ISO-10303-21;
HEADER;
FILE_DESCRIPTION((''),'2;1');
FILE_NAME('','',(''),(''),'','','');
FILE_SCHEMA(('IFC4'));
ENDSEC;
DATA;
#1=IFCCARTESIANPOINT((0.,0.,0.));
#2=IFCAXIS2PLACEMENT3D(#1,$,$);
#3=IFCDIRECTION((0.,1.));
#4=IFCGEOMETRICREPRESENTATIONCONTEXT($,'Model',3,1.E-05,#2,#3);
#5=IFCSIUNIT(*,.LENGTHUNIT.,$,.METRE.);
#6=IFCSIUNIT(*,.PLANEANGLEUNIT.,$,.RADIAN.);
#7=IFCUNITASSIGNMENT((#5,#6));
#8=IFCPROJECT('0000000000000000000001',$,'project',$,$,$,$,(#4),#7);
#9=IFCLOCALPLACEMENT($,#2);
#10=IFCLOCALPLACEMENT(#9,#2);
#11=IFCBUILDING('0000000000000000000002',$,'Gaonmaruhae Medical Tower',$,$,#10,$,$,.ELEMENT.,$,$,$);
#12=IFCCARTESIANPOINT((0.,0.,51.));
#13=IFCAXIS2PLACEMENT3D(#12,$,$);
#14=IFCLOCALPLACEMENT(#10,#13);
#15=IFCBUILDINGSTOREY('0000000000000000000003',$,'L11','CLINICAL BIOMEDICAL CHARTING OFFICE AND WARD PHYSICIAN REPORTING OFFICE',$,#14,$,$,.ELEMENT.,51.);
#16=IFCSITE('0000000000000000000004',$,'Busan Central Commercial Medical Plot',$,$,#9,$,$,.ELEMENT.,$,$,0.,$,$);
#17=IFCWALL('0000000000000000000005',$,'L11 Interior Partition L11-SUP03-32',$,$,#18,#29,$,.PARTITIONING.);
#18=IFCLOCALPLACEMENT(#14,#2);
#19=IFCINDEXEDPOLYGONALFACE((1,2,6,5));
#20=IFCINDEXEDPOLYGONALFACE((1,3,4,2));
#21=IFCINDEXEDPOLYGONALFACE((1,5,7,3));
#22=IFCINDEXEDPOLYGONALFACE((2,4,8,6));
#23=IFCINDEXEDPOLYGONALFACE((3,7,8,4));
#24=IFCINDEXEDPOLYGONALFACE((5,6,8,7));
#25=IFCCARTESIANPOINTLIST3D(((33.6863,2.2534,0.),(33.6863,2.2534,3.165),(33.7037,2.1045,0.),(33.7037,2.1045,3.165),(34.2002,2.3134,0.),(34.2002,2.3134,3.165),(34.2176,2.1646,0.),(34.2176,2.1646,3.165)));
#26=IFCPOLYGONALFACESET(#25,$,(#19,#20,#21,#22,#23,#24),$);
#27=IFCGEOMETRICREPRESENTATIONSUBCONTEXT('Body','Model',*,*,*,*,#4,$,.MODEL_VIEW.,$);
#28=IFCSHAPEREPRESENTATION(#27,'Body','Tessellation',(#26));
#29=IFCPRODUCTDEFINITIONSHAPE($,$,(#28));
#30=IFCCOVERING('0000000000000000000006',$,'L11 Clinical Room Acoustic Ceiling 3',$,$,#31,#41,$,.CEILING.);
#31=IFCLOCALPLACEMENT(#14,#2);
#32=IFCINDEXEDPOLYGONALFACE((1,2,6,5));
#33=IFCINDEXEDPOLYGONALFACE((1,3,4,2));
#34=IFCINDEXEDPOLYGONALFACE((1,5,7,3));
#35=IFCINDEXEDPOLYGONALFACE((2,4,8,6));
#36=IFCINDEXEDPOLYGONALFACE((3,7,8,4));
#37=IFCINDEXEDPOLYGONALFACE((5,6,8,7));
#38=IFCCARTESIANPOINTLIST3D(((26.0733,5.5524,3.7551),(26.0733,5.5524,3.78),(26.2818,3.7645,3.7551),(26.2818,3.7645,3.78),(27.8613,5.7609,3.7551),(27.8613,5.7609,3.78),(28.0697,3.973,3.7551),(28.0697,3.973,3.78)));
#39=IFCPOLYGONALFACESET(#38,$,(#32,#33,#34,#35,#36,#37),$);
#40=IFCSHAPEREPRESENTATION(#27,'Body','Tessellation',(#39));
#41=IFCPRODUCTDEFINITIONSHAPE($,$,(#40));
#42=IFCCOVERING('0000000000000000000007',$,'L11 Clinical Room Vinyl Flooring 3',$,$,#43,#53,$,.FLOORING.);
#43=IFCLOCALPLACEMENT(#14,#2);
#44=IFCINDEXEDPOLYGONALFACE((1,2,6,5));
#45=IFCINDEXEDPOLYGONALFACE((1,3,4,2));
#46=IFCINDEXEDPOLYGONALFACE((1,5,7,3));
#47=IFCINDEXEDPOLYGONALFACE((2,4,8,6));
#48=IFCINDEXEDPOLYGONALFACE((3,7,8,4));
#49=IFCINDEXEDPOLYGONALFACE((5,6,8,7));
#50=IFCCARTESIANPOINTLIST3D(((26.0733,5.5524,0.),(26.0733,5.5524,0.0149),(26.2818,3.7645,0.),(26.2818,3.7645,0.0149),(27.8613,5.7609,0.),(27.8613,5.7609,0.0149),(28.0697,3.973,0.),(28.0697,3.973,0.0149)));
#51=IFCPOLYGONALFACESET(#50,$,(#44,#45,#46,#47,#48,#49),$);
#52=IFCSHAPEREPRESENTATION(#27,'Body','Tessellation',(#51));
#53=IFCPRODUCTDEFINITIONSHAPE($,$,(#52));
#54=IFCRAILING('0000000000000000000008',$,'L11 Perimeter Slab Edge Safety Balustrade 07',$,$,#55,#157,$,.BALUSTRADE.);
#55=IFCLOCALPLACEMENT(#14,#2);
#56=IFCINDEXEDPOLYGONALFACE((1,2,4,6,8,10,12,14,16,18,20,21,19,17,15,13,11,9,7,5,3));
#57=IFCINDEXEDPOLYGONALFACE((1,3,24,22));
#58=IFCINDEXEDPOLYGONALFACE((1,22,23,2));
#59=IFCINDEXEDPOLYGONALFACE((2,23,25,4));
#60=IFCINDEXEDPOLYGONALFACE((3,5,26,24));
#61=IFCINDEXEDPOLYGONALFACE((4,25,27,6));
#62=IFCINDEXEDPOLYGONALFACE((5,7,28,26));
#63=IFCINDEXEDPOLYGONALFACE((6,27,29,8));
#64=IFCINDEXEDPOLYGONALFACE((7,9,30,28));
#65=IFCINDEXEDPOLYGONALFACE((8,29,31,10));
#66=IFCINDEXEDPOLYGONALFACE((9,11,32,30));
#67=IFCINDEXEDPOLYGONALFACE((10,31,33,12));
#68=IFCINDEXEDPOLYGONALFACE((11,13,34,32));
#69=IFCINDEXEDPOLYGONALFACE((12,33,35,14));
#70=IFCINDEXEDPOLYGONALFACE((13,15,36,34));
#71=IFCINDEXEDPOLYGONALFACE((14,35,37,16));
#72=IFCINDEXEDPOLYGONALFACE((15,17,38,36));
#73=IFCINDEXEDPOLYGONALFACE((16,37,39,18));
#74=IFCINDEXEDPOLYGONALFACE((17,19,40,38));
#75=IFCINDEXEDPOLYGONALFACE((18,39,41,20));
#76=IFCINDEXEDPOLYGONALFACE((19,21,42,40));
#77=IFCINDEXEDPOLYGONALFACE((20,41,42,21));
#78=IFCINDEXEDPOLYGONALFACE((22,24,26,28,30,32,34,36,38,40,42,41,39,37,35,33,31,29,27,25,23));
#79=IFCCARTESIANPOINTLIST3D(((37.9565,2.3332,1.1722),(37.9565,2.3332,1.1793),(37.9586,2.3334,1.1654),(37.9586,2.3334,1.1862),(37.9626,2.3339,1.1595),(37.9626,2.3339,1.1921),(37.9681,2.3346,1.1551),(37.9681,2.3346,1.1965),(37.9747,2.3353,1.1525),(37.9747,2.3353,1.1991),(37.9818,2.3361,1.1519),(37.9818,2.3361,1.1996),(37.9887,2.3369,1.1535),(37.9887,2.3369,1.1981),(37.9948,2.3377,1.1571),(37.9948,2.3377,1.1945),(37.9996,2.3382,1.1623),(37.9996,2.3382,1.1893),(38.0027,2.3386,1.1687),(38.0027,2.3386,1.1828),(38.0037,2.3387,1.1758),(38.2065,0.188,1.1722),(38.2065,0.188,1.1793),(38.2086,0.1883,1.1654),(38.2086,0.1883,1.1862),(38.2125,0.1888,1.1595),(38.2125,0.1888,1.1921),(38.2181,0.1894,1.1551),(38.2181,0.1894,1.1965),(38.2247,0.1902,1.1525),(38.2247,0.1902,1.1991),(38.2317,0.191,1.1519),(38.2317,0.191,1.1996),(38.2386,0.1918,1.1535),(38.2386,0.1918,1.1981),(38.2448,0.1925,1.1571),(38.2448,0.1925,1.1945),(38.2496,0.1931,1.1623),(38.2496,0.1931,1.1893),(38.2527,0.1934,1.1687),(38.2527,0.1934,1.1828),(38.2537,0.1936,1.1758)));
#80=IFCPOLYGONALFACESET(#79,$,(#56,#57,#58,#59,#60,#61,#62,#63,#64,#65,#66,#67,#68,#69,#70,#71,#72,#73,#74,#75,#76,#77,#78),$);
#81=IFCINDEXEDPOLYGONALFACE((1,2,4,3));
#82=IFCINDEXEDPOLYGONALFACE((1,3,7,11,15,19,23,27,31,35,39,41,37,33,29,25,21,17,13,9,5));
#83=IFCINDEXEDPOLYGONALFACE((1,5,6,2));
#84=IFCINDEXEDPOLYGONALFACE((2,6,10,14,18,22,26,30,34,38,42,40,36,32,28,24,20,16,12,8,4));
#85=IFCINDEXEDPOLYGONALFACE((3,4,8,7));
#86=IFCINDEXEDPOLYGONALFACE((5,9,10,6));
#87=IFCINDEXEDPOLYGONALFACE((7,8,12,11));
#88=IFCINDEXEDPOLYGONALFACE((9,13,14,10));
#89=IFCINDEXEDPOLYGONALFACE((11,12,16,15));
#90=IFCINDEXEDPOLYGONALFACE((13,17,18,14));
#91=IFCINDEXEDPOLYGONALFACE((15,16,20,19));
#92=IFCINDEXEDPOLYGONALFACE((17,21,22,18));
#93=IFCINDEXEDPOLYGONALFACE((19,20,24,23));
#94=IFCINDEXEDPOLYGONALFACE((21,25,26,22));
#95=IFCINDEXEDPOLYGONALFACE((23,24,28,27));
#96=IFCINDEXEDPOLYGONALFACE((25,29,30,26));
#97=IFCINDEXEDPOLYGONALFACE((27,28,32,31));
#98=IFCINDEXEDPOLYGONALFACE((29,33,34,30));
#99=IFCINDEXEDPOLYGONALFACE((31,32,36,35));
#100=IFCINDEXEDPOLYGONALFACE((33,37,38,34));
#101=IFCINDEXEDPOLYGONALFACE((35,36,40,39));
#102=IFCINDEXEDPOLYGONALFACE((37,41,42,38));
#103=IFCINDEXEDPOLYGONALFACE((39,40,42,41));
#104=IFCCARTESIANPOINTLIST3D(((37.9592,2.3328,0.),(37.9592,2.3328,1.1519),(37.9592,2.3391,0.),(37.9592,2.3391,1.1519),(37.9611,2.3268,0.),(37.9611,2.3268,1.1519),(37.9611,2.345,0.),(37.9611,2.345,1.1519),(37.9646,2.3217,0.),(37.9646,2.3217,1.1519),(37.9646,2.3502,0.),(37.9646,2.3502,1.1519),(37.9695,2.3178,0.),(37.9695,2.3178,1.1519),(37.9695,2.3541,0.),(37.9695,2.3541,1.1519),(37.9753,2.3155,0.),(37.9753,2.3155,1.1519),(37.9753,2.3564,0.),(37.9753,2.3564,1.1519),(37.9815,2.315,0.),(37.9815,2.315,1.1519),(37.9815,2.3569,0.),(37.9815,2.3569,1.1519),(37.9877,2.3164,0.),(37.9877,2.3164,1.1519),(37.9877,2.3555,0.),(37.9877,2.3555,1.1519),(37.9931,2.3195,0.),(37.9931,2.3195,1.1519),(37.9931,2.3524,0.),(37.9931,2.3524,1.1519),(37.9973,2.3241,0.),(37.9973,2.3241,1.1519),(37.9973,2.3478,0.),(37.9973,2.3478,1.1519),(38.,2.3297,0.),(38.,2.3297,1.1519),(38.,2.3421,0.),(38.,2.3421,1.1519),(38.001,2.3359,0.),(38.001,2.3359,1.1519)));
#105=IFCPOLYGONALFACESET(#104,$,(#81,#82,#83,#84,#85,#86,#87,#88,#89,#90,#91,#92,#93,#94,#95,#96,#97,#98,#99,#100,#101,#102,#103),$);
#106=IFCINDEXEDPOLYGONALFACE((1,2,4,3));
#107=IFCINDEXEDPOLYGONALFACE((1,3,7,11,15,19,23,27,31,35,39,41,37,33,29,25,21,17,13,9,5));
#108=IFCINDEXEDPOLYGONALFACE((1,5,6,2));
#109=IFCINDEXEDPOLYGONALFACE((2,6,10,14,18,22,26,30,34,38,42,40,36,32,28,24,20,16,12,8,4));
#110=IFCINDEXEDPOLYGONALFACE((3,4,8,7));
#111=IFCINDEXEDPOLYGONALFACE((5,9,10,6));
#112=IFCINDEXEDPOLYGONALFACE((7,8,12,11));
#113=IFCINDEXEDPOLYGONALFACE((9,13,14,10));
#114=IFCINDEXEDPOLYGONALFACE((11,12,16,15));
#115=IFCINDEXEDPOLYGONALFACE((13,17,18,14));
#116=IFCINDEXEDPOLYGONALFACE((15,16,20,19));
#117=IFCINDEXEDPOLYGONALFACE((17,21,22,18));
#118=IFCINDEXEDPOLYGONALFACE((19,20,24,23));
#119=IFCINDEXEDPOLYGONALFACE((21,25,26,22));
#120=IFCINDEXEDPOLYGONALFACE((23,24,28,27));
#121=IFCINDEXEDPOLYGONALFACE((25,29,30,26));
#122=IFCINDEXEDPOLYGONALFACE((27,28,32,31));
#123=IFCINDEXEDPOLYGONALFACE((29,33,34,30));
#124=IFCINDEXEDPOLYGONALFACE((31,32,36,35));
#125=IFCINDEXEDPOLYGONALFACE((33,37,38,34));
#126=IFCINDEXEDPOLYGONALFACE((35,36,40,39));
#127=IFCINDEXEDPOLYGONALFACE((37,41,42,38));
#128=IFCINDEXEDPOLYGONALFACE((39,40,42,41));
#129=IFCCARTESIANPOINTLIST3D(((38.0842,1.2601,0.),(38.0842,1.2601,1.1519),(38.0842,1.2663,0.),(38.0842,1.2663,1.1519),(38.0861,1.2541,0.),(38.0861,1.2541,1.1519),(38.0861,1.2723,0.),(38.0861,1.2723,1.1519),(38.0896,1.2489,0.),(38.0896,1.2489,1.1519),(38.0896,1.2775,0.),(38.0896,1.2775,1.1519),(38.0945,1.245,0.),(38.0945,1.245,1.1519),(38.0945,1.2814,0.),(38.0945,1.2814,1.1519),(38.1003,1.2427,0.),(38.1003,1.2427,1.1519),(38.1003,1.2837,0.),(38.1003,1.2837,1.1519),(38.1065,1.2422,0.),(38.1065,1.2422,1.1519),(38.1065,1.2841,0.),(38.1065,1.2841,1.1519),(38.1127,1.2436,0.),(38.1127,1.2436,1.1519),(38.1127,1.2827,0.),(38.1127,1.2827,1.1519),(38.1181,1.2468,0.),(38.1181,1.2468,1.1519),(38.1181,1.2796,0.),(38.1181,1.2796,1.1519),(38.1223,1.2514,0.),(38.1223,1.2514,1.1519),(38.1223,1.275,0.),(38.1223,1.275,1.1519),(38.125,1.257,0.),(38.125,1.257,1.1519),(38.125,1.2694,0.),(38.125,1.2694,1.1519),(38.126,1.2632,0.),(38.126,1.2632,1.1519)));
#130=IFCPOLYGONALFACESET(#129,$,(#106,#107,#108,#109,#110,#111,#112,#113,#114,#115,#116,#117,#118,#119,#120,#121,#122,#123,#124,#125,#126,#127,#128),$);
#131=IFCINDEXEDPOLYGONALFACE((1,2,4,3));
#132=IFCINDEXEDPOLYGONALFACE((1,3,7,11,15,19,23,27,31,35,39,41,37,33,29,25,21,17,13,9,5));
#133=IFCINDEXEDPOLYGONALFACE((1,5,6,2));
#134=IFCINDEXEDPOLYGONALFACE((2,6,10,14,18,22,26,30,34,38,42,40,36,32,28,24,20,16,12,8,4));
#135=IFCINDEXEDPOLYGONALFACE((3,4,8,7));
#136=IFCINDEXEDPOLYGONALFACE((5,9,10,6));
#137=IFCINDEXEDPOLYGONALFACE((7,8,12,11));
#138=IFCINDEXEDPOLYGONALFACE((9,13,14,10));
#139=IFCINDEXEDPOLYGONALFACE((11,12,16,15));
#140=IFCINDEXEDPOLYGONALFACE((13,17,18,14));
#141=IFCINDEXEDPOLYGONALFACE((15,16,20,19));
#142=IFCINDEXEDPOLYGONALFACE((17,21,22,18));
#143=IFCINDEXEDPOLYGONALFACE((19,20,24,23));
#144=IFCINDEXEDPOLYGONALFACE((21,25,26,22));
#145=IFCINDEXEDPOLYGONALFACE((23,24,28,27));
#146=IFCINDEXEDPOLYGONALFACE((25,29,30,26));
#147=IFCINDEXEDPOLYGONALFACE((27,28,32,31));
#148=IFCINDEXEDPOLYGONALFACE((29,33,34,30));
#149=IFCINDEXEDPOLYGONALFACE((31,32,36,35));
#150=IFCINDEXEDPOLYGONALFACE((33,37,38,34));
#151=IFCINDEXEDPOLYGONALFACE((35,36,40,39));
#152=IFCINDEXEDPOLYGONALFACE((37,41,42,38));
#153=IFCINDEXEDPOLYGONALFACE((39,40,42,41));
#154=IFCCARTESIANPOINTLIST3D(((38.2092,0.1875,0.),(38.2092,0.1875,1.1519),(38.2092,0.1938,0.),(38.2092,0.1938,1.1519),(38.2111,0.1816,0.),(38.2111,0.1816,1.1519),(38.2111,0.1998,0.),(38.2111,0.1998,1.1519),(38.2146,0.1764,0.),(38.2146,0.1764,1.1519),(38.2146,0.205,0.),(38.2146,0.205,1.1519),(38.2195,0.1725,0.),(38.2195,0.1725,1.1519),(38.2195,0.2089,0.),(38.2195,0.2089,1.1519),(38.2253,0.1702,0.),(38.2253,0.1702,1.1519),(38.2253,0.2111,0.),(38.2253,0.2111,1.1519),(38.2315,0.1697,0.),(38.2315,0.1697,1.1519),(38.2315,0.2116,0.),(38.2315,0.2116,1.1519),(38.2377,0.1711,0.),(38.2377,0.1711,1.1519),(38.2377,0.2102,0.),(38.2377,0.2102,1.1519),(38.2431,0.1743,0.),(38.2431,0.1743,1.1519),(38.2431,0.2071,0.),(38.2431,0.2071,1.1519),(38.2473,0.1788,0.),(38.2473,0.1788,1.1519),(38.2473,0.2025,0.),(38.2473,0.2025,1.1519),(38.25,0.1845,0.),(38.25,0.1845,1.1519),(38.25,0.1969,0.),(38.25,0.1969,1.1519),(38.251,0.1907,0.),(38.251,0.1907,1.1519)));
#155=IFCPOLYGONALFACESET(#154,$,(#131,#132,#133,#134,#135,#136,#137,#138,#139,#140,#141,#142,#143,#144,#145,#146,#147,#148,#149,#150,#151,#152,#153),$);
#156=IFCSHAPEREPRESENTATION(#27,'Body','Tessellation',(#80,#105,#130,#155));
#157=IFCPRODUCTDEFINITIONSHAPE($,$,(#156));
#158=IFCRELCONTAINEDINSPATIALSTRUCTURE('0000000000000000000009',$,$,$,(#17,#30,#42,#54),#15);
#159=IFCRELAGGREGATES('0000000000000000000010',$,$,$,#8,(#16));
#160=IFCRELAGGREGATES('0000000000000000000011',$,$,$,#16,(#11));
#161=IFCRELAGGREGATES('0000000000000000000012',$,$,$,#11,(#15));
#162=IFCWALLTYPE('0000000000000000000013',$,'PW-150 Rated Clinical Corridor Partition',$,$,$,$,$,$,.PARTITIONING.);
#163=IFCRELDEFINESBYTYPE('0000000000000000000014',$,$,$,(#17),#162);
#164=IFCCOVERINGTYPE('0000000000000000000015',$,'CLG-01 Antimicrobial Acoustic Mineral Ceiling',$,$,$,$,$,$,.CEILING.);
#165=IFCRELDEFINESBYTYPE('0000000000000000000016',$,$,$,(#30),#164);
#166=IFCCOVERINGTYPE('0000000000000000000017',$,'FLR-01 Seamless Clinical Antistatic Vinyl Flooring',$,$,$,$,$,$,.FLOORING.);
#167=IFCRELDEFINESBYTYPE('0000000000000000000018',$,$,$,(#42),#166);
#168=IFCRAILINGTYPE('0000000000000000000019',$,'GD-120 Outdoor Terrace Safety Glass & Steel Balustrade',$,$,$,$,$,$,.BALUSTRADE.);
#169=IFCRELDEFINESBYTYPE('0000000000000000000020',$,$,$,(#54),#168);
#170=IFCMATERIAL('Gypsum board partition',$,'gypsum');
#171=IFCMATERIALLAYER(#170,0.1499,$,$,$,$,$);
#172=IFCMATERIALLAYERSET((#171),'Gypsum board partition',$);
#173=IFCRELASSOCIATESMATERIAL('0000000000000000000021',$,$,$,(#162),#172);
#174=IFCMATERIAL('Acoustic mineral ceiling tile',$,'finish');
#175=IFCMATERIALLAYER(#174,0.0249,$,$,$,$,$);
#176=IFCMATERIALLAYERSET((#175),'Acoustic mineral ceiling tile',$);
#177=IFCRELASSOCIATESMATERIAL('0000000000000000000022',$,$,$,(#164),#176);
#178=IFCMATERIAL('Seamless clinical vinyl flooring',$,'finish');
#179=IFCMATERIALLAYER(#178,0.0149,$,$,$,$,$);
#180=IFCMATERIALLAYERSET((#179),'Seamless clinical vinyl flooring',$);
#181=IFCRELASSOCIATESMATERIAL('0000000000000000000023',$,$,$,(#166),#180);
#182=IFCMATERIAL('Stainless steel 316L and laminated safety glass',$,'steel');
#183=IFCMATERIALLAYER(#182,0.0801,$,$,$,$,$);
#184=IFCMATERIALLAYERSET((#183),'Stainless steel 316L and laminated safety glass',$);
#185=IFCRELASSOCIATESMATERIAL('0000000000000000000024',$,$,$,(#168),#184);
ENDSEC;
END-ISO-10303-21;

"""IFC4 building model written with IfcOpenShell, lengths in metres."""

from ifc_helpers import new_model, si_unit, direction, frame, frame_2d, origin, origin_2d, place, context, subcontext, project, spatial, rectangle, circle, extrude, material, layer, layer_set, type_object, element, save


model = new_model("IFC4")

# Units and contexts
model_context = context("Model", 3, precision=1e-05, world=origin(), true_north=direction((0.0, 1.0)))
body_context = subcontext(model_context, "Body", "Model", "MODEL_VIEW")
ifc_project = project(units=[si_unit("LENGTHUNIT", "METRE"), si_unit("PLANEANGLEUNIT", "RADIAN")], contexts=[model_context])

# Site, building, storey
site_placement = place(None, origin())
site = spatial("IfcSite", under=ifc_project, at=site_placement, Name="Busan Central Commercial Medical Plot", CompositionType="ELEMENT", RefElevation=0.0)
building_placement = place(site_placement, origin())
building = spatial("IfcBuilding", under=site, at=building_placement, Name="Gaonmaruhae Medical Tower", CompositionType="ELEMENT")
storey_placement = place(building_placement, frame((0.0, 0.0, 51.0)))
storey = spatial("IfcBuildingStorey", under=building, at=storey_placement, Name="L11", Description="CLINICAL BIOMEDICAL CHARTING OFFICE AND WARD PHYSICIAN REPORTING OFFICE", CompositionType="ELEMENT", Elevation=51.0)

# Shared definitions
ifc_material_1 = material(Name="Gypsum board partition", Category="gypsum")
ifc_layer_1 = layer(ifc_material_1, 0.1499)
ifc_layer_set_1 = layer_set([ifc_layer_1], Name="Gypsum board partition")
wall_type_1 = type_object("IfcWallType", Name="PW-150 Rated Clinical Corridor Partition", PredefinedType="PARTITIONING", material=ifc_layer_set_1)

# Wall
wall_1_placement = place(storey_placement, frame((34.209, 2.239, 0.0), z_axis=(0.0, 0.0, 1.0), x_axis=(-0.99324, -0.116075, 0.0)))
element("IfcWall", 1, at=wall_1_placement, inside=storey, type_object=wall_type_1, Name="L11 Interior Partition L11-SUP03-32", PredefinedType="PARTITIONING", context=body_context, shape_type="SweptSolid", body=[
    extrude(rectangle(XDim=0.5173, YDim=0.1499, at=frame_2d((0.2588, 0.0))), origin(), (0.0, 0.0, 1.0), 3.165),
])

# Coverings
ifc_material_2 = material(Name="Acoustic mineral ceiling tile", Category="finish")
ifc_layer_2 = layer(ifc_material_2, 0.0249)
ifc_layer_set_2 = layer_set([ifc_layer_2], Name="Acoustic mineral ceiling tile")
covering_type_1 = type_object("IfcCoveringType", Name="CLG-01 Antimicrobial Acoustic Mineral Ceiling", PredefinedType="CEILING", material=ifc_layer_set_2)
covering_1_placement = place(storey_placement, frame((27.0715, 4.7627, 3.7551), z_axis=(0.0, 0.0, 1.0), x_axis=(0.993272, 0.115804, 0.0)))
element("IfcCovering", 2, at=covering_1_placement, inside=storey, type_object=covering_type_1, Name="L11 Clinical Room Acoustic Ceiling 3", PredefinedType="CEILING", context=body_context, shape_type="SweptSolid", body=[
    extrude(rectangle(XDim=1.8, YDim=1.8, at=origin_2d()), origin(), (0.0, 0.0, 1.0), 0.0249),
])
ifc_material_3 = material(Name="Seamless clinical vinyl flooring", Category="finish")
ifc_layer_3 = layer(ifc_material_3, 0.0149)
ifc_layer_set_3 = layer_set([ifc_layer_3], Name="Seamless clinical vinyl flooring")
covering_type_2 = type_object("IfcCoveringType", Name="FLR-01 Seamless Clinical Antistatic Vinyl Flooring", PredefinedType="FLOORING", material=ifc_layer_set_3)
covering_2_placement = place(storey_placement, frame((27.0715, 4.7627, 0.0), z_axis=(0.0, 0.0, 1.0), x_axis=(0.993272, 0.115804, 0.0)))
element("IfcCovering", 3, at=covering_2_placement, inside=storey, type_object=covering_type_2, Name="L11 Clinical Room Vinyl Flooring 3", PredefinedType="FLOORING", context=body_context, shape_type="SweptSolid", body=[
    extrude(rectangle(XDim=1.8, YDim=1.8, at=origin_2d()), origin(), (0.0, 0.0, 1.0), 0.0149),
])

# Railing
ifc_material_4 = material(Name="Stainless steel 316L and laminated safety glass", Category="steel")
ifc_layer_4 = layer(ifc_material_4, 0.0801)
ifc_layer_set_4 = layer_set([ifc_layer_4], Name="Stainless steel 316L and laminated safety glass")
railing_type = type_object("IfcRailingType", Name="GD-120 Outdoor Terrace Safety Glass & Steel Balustrade", PredefinedType="BALUSTRADE", material=ifc_layer_set_4)
railing_1_placement = place(storey_placement, frame((37.98, 2.3359, 0.0)))
element("IfcRailing", 4, at=railing_1_placement, inside=storey, type_object=railing_type, Name="L11 Perimeter Slab Edge Safety Balustrade 07", PredefinedType="BALUSTRADE", context=body_context, shape_type="SweptSolid", body=[
    extrude(circle(Radius=0.0239, at=origin_2d()), frame((0.0, 0.0, 1.1758), z_axis=(0.115752, -0.993278, 0.0), x_axis=(0.993278, 0.115752, 0.0)), (0.0, 0.0, 1.0), 2.1597),
    extrude(circle(Radius=0.021, at=origin_2d()), origin(), (0.0, 0.0, 1.0), 1.1519),
    extrude(circle(Radius=0.021, at=origin_2d()), frame((0.125, -1.0728, 0.0)), (0.0, 0.0, 1.0), 1.1519),
    extrude(circle(Radius=0.021, at=origin_2d()), frame((0.25, -2.1453, 0.0)), (0.0, 0.0, 1.0), 1.1519),
])

save(model, "model.ifc")
